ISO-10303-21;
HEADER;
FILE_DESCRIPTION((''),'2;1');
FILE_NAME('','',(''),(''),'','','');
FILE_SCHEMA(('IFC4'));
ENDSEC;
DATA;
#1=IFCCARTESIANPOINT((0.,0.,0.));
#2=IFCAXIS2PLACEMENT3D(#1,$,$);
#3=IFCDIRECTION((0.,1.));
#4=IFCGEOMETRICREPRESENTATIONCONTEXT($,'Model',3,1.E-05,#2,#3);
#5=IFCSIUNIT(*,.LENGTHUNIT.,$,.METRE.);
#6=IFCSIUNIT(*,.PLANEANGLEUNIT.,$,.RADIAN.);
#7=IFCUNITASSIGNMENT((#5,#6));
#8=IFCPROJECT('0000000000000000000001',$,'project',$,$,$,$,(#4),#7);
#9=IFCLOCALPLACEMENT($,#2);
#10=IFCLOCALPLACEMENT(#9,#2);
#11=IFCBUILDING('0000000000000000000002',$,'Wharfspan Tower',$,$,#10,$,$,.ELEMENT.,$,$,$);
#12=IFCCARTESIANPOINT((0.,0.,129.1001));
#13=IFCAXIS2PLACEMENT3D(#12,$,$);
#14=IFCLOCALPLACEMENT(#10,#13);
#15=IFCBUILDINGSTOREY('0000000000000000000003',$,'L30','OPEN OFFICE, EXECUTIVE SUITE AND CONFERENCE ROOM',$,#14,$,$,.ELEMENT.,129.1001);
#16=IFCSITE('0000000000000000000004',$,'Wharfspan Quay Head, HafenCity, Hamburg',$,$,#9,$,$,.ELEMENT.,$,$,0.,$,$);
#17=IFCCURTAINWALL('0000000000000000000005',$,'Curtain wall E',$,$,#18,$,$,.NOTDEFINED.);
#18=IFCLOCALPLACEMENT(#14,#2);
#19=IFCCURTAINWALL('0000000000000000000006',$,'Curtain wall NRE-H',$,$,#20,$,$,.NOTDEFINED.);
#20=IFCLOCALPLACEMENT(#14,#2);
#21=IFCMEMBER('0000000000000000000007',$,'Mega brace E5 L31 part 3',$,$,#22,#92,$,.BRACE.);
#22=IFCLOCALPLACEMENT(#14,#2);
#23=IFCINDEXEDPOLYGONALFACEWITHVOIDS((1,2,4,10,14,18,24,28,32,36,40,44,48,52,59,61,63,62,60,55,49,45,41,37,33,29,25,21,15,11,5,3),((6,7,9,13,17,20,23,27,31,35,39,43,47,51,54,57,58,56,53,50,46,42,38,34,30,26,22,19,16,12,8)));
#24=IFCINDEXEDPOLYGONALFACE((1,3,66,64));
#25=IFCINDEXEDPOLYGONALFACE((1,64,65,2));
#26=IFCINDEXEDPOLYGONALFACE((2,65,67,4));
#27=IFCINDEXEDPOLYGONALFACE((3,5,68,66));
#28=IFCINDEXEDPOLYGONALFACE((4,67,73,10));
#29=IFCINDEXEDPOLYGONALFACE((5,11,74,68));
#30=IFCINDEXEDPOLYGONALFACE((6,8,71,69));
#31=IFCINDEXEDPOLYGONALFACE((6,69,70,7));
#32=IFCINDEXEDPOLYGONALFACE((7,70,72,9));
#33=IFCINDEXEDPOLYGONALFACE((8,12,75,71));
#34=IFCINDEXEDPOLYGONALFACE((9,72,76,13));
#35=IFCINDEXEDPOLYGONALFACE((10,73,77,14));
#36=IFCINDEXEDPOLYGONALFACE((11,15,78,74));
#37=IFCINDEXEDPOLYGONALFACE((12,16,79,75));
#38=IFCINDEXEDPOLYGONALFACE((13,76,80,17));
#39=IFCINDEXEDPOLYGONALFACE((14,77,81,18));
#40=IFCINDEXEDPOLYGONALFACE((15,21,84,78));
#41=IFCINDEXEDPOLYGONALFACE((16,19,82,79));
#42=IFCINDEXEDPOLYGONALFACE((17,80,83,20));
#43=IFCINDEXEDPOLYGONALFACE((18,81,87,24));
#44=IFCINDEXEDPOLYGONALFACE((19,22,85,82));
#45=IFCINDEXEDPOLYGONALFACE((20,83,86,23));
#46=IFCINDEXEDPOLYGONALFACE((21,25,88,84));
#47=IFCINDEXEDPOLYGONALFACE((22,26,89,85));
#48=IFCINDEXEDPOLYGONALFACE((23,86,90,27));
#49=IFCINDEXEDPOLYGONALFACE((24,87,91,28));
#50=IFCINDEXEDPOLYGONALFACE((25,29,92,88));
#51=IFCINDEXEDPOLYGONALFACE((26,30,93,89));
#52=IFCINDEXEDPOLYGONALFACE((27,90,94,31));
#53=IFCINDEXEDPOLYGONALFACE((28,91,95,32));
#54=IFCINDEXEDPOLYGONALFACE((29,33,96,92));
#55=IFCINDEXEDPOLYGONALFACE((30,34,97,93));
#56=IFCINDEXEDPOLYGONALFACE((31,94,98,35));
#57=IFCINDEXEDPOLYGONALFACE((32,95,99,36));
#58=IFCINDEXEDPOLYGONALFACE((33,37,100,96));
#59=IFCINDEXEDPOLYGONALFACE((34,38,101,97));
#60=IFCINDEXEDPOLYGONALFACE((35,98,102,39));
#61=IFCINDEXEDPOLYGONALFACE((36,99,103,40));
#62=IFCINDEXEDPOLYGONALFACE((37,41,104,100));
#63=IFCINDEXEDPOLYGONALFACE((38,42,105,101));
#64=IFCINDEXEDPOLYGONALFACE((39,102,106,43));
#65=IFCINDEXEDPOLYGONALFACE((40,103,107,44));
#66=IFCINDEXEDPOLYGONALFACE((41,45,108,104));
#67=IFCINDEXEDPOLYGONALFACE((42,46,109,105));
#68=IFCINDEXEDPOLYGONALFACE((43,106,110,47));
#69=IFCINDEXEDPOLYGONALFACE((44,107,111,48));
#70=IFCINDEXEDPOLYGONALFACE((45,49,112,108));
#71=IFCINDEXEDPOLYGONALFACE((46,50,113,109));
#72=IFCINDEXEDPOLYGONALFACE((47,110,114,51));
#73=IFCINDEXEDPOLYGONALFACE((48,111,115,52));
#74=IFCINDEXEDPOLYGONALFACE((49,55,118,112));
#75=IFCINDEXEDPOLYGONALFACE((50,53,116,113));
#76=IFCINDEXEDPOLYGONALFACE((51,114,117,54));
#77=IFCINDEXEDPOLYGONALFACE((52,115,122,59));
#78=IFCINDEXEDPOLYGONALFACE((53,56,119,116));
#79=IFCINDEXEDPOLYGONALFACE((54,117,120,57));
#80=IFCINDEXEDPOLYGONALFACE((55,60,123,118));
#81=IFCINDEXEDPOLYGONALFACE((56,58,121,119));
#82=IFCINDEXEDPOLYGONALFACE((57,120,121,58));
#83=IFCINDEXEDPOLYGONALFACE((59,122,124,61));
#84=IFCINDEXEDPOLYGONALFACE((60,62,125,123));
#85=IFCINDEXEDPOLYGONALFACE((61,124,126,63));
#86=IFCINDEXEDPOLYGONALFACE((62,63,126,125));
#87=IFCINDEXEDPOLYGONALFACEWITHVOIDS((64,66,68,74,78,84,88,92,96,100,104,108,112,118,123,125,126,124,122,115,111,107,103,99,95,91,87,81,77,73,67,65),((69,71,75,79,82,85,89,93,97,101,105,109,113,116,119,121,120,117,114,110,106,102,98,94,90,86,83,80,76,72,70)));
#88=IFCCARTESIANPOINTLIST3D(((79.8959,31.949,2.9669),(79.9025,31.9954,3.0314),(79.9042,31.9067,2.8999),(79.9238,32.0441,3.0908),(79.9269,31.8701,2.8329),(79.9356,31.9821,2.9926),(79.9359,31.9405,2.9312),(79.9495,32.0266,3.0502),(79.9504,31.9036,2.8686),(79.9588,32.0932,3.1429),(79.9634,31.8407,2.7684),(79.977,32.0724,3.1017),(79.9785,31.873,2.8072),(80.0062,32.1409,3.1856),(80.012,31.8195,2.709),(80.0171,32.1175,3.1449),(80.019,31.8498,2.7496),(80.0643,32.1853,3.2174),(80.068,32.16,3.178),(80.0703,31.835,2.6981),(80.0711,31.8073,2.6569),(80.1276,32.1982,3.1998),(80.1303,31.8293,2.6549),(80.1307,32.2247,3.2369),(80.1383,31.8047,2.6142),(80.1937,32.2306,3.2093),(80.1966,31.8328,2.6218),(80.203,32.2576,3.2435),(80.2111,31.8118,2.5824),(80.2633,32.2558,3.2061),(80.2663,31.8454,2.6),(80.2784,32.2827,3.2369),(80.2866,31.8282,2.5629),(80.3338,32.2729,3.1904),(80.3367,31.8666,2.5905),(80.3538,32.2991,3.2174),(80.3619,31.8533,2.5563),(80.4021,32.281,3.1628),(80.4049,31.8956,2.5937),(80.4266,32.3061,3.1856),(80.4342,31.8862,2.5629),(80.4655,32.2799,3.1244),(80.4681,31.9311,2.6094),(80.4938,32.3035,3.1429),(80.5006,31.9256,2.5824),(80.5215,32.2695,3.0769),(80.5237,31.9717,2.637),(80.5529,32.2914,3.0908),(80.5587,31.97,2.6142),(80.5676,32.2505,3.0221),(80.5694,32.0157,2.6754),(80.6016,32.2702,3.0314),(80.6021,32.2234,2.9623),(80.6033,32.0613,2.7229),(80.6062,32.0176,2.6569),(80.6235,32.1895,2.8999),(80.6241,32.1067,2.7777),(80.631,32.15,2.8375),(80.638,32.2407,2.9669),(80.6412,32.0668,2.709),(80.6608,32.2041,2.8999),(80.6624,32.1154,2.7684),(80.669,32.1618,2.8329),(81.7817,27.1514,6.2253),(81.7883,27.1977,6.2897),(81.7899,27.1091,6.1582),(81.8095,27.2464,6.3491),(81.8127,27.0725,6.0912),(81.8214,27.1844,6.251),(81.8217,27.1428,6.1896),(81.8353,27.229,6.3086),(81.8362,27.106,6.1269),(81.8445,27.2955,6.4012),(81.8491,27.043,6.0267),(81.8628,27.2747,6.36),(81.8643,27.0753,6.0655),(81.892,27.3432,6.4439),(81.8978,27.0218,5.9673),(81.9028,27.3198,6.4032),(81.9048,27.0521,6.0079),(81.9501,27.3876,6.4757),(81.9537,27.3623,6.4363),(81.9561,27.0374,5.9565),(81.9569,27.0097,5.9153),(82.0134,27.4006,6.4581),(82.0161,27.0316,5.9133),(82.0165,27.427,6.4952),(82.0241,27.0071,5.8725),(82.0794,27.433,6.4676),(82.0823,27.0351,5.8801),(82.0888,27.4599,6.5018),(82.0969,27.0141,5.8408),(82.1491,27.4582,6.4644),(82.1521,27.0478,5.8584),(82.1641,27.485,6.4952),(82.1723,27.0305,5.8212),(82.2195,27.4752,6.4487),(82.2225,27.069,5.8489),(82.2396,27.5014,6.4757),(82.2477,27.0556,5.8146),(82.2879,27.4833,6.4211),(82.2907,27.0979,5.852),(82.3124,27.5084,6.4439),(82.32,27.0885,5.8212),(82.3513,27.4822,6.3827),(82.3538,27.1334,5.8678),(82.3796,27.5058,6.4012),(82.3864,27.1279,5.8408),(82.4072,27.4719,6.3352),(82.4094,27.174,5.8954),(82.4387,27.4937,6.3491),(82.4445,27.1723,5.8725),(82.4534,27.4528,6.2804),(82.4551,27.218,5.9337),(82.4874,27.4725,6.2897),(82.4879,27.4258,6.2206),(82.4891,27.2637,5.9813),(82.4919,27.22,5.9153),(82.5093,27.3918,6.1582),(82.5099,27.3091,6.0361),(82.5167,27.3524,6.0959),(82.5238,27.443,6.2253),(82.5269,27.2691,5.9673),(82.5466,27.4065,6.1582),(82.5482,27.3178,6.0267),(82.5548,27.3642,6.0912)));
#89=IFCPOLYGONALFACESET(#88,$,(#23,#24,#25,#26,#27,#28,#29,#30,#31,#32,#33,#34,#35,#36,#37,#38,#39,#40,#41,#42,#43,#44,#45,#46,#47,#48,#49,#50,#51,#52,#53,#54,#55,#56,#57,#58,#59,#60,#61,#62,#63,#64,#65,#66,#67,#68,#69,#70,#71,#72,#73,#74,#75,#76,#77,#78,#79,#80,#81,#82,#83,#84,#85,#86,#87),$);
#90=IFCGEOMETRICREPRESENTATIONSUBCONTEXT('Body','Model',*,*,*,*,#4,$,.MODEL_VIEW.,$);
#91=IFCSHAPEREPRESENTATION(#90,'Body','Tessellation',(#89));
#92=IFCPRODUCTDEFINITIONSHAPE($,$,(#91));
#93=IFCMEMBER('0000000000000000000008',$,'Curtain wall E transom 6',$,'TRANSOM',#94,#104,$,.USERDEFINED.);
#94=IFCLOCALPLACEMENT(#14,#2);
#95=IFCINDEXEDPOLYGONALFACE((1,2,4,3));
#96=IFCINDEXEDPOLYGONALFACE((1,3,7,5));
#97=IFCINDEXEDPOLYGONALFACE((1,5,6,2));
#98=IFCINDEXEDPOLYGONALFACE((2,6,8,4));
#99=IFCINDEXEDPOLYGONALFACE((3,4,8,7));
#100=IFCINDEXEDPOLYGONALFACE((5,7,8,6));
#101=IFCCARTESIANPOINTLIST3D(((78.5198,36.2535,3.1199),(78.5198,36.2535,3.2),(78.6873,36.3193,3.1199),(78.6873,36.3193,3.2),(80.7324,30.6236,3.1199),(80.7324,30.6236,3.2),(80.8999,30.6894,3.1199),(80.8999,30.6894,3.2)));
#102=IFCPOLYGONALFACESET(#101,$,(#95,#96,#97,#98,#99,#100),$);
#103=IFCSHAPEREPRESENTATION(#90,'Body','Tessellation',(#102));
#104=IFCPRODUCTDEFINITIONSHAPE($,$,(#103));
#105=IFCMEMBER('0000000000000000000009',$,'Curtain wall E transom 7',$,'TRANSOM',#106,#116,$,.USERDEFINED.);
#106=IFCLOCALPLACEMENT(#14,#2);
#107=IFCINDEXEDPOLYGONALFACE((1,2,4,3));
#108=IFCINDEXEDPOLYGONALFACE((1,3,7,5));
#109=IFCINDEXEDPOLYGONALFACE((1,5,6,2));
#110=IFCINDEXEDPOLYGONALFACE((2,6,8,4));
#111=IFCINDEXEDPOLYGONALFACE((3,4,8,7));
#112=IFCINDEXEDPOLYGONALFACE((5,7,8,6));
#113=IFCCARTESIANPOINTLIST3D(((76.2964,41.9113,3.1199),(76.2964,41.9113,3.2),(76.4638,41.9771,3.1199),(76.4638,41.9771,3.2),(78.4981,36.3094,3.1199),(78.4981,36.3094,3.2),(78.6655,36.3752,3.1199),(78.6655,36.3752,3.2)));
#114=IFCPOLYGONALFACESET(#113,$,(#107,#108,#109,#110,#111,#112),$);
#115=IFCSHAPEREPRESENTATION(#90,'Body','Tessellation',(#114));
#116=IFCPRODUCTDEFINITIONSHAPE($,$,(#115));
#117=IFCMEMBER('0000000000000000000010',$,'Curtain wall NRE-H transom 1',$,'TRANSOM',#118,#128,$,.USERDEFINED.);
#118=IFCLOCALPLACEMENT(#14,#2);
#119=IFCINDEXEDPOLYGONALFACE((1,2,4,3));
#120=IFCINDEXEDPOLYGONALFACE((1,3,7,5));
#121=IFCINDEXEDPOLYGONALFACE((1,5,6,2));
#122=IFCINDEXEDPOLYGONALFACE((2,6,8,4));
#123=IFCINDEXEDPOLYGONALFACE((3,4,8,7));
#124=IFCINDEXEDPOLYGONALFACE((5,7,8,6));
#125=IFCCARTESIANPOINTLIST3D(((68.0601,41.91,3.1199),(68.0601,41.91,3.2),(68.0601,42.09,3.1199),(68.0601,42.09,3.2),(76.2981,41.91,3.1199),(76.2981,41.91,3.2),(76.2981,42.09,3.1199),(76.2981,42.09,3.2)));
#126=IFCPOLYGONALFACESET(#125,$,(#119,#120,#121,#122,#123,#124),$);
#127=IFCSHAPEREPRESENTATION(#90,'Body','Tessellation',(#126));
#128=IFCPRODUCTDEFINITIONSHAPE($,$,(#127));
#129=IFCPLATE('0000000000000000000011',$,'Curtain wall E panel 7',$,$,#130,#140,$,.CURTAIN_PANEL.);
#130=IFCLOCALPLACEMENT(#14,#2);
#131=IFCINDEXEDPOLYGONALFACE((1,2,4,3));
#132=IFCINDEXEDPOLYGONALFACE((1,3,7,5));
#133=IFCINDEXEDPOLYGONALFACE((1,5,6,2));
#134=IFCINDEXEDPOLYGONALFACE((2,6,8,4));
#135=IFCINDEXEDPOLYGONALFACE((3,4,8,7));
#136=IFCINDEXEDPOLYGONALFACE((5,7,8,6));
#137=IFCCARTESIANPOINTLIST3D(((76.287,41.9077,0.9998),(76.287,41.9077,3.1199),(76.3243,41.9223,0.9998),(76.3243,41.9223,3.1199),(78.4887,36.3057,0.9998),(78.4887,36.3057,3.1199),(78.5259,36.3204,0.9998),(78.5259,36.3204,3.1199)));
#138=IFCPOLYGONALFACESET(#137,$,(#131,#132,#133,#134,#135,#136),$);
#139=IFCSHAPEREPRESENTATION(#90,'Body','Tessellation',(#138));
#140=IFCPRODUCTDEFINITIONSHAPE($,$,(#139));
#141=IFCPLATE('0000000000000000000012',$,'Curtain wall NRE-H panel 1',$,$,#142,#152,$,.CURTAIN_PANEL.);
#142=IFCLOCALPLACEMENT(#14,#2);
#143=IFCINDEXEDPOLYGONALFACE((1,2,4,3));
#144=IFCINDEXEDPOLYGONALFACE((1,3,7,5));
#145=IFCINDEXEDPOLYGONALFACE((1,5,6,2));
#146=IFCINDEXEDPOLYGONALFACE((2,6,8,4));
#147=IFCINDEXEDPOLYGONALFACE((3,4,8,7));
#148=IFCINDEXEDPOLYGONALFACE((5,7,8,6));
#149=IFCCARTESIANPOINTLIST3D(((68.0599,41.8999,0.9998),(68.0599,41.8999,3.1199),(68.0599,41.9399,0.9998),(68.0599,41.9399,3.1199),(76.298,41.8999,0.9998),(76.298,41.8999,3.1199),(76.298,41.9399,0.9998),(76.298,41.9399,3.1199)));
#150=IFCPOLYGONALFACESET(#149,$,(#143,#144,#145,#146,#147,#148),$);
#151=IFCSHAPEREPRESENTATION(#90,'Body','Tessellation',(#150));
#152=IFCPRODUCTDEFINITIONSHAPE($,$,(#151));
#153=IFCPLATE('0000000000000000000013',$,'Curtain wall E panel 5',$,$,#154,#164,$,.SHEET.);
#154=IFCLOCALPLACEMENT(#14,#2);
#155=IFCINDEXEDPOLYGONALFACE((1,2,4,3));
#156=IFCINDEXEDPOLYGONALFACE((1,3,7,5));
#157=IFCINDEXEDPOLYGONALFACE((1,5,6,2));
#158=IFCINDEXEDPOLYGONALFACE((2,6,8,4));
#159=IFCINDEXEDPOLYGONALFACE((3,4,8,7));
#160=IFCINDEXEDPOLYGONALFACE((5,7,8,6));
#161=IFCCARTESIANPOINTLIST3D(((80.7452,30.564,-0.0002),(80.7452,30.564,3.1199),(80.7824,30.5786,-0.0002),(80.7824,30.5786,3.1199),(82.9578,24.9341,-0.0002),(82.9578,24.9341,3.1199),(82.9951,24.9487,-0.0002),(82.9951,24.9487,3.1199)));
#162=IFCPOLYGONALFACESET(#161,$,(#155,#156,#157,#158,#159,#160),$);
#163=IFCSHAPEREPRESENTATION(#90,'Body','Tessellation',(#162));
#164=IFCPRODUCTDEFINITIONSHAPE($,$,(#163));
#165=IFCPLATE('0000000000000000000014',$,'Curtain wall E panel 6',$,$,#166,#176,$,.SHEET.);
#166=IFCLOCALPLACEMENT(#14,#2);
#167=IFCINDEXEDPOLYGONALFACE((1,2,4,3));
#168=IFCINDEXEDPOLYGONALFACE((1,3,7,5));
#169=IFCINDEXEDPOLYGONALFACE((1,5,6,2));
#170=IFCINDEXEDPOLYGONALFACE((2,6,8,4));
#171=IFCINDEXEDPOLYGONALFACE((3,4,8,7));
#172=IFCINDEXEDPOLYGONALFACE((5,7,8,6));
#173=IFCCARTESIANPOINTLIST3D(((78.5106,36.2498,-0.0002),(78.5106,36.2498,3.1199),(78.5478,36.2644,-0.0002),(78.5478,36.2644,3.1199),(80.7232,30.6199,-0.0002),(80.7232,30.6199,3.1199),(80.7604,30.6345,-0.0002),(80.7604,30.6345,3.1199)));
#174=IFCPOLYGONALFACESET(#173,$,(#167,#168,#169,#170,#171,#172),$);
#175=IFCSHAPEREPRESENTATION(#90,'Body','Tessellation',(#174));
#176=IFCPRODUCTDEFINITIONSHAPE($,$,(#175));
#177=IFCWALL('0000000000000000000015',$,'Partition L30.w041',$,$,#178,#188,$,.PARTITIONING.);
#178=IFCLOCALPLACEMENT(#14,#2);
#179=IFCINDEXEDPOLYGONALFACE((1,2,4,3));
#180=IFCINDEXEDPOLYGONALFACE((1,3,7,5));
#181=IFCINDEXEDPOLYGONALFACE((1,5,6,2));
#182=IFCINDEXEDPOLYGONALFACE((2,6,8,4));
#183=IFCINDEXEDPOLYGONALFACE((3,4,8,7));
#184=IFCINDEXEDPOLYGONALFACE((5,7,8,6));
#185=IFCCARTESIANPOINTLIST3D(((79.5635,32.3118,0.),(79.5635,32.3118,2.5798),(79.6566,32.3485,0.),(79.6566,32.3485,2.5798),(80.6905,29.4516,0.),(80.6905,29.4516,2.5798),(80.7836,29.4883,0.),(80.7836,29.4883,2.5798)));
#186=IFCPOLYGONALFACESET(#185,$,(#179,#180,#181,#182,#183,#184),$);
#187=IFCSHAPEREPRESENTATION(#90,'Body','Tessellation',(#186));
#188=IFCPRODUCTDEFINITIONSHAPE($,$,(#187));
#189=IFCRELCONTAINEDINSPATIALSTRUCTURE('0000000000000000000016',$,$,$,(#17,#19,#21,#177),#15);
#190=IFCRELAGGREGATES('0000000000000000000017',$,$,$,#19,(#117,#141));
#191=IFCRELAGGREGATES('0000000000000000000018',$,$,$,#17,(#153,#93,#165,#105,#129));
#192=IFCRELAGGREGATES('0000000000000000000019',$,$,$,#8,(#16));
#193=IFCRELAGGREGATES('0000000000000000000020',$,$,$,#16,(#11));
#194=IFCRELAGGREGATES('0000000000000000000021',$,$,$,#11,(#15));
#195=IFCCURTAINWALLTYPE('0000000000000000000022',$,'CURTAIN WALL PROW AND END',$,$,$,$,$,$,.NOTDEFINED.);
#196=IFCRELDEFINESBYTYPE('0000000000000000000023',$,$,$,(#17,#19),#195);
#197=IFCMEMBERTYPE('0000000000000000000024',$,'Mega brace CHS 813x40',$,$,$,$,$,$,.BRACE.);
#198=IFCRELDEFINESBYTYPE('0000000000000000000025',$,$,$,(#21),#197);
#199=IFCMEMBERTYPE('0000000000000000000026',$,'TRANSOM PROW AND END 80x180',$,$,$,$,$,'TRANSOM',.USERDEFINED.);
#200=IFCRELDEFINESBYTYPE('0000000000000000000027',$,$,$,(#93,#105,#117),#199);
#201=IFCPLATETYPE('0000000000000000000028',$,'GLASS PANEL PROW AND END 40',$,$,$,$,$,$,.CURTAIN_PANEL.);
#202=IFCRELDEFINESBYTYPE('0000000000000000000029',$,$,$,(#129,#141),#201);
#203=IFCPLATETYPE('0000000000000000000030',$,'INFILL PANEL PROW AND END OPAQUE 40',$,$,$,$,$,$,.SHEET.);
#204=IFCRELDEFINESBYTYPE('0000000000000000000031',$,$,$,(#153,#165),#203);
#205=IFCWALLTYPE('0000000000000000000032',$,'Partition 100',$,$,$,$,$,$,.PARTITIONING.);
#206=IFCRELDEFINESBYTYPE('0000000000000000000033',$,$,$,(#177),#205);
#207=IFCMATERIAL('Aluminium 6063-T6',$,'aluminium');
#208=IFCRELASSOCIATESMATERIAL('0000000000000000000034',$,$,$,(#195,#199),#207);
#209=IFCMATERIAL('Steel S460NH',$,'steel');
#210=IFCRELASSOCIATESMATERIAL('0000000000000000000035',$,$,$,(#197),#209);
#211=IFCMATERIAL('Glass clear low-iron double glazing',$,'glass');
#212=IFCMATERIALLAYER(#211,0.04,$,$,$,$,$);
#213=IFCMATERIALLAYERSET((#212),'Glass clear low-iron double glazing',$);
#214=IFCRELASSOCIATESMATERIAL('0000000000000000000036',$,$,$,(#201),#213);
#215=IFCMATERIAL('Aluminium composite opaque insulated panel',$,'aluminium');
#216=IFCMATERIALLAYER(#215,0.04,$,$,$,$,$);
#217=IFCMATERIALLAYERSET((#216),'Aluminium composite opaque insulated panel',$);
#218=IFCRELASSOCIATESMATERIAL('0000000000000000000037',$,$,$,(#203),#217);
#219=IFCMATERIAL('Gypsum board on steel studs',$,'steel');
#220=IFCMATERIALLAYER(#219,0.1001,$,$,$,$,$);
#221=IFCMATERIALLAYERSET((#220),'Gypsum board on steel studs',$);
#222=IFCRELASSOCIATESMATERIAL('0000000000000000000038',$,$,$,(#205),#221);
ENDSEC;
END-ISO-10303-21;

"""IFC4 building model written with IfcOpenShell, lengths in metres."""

from ifc_helpers import new_model, si_unit, direction, frame, frame_2d, origin, origin_2d, place, context, subcontext, project, spatial, rectangle, hollow_circle, extrude, material, layer, layer_set, material_profile, profile_set, type_object, element, aggregate, save


model = new_model("IFC4")

# Units and contexts
model_context = context("Model", 3, precision=1e-05, world=origin(), true_north=direction((0.0, 1.0)))
body_context = subcontext(model_context, "Body", "Model", "MODEL_VIEW")
ifc_project = project(units=[si_unit("LENGTHUNIT", "METRE"), si_unit("PLANEANGLEUNIT", "RADIAN")], contexts=[model_context])

# Site, building, storey
site_placement = place(None, origin())
site = spatial("IfcSite", under=ifc_project, at=site_placement, Name="Wharfspan Quay Head, HafenCity, Hamburg", CompositionType="ELEMENT", RefElevation=0.0)
building_placement = place(site_placement, origin())
building = spatial("IfcBuilding", under=site, at=building_placement, Name="Wharfspan Tower", CompositionType="ELEMENT")
storey_placement = place(building_placement, frame((0.0, 0.0, 129.1001)))
storey = spatial("IfcBuildingStorey", under=building, at=storey_placement, Name="L30", Description="OPEN OFFICE, EXECUTIVE SUITE AND CONFERENCE ROOM", CompositionType="ELEMENT", Elevation=129.1001)

# Curtain walls
ifc_material_1 = material(Name="Aluminium 6063-T6", Category="aluminium")
curtain_wall_type = type_object("IfcCurtainWallType", Name="CURTAIN WALL PROW AND END", PredefinedType="NOTDEFINED", material=ifc_material_1)
curtain_wall_1_placement = place(storey_placement, origin())
curtain_wall_1 = element("IfcCurtainWall", 1, at=curtain_wall_1_placement, inside=storey, type_object=curtain_wall_type, Name="Curtain wall E", PredefinedType="NOTDEFINED")
curtain_wall_2_placement = place(storey_placement, origin())
curtain_wall_2 = element("IfcCurtainWall", 2, at=curtain_wall_2_placement, inside=storey, type_object=curtain_wall_type, Name="Curtain wall NRE-H", PredefinedType="NOTDEFINED")

# Members
ifc_material_2 = material(Name="Steel S460NH", Category="steel")
ifc_material_profile_1 = material_profile(ifc_material_2, hollow_circle(Radius=0.4065, WallThickness=0.04, at=origin_2d()))
ifc_profile_set_1 = profile_set([ifc_material_profile_1], Name="Steel S460NH")
member_type_1 = type_object("IfcMemberType", Name="Mega brace CHS 813x40", PredefinedType="BRACE", material=ifc_profile_set_1)
member_1_placement = place(storey_placement, frame((80.2825, 32.0554, 2.8999), z_axis=(0.309223, -0.786709, 0.534294), x_axis=(0.930685, 0.365812, -0.000003)))
element("IfcMember", 3, at=member_1_placement, inside=storey, type_object=member_type_1, Name="Mega brace E5 L31 part 3", PredefinedType="BRACE", context=body_context, shape_type="SweptSolid", body=[
    extrude(hollow_circle(Radius=0.4065, WallThickness=0.04, at=origin_2d()), origin(), (0.0, 0.0, 1.0), 6.0984),
])
ifc_material_profile_2 = material_profile(ifc_material_1, rectangle(XDim=0.1799, YDim=0.0801, at=origin_2d()))
ifc_profile_set_2 = profile_set([ifc_material_profile_2], Name="Aluminium 6063-T6")
member_type_2 = type_object("IfcMemberType", Name="TRANSOM PROW AND END 80x180", ElementType="TRANSOM", PredefinedType="USERDEFINED", material=ifc_profile_set_2)
member_2_placement = place(storey_placement, frame((80.8162, 30.6565, 3.1599), z_axis=(-0.365782, 0.9307, 0.0), x_axis=(-0.9307, -0.365782, 0.0)))
member_2 = element("IfcMember", 4, at=member_2_placement, type_object=member_type_2, Name="Curtain wall E transom 6", ObjectType="TRANSOM", PredefinedType="USERDEFINED", context=body_context, shape_type="SweptSolid", body=[
    extrude(rectangle(XDim=0.1799, YDim=0.0801, at=origin_2d()), origin(), (0.0, 0.0, 1.0), 6.0491),
])
member_3_placement = place(storey_placement, frame((78.5818, 36.3423, 3.1599), z_axis=(-0.365789, 0.930698, 0.0), x_axis=(-0.930698, -0.365789, 0.0)))
member_3 = element("IfcMember", 5, at=member_3_placement, type_object=member_type_2, Name="Curtain wall E transom 7", ObjectType="TRANSOM", PredefinedType="USERDEFINED", context=body_context, shape_type="SweptSolid", body=[
    extrude(rectangle(XDim=0.1799, YDim=0.0801, at=origin_2d()), origin(), (0.0, 0.0, 1.0), 6.019),
])
member_4_placement = place(storey_placement, frame((76.2981, 42.0, 3.1599), z_axis=(-1.0, 0.0, 0.0), x_axis=(0.0, -1.0, 0.0)))
member_4 = element("IfcMember", 6, at=member_4_placement, type_object=member_type_2, Name="Curtain wall NRE-H transom 1", ObjectType="TRANSOM", PredefinedType="USERDEFINED", context=body_context, shape_type="SweptSolid", body=[
    extrude(rectangle(XDim=0.1799, YDim=0.0801, at=origin_2d()), origin(), (0.0, 0.0, 1.0), 8.238),
])

# Plates
ifc_material_3 = material(Name="Glass clear low-iron double glazing", Category="glass")
ifc_layer_1 = layer(ifc_material_3, 0.04)
ifc_layer_set_1 = layer_set([ifc_layer_1], Name="Glass clear low-iron double glazing")
plate_type_1 = type_object("IfcPlateType", Name="GLASS PANEL PROW AND END 40", PredefinedType="CURTAIN_PANEL", material=ifc_layer_set_1)
plate_1_placement = place(storey_placement, frame((77.4065, 39.114, 0.9998), z_axis=(0.0, 0.0, 1.0), x_axis=(-0.365778, 0.930702, 0.0)))
plate_1 = element("IfcPlate", 7, at=plate_1_placement, type_object=plate_type_1, Name="Curtain wall E panel 7", PredefinedType="CURTAIN_PANEL", context=body_context, shape_type="SweptSolid", body=[
    extrude(rectangle(XDim=6.019, YDim=0.04, at=origin_2d()), origin(), (0.0, 0.0, 1.0), 2.1201),
])
plate_2_placement = place(storey_placement, frame((72.179, 41.9199, 0.9998), z_axis=(0.0, 0.0, 1.0), x_axis=(-1.0, 0.0, 0.0)))
plate_2 = element("IfcPlate", 8, at=plate_2_placement, type_object=plate_type_1, Name="Curtain wall NRE-H panel 1", PredefinedType="CURTAIN_PANEL", context=body_context, shape_type="SweptSolid", body=[
    extrude(rectangle(XDim=8.238, YDim=0.04, at=origin_2d()), origin(), (0.0, 0.0, 1.0), 2.1201),
])
aggregate(curtain_wall_2, [member_4, plate_2])
ifc_material_4 = material(Name="Aluminium composite opaque insulated panel", Category="aluminium")
ifc_layer_2 = layer(ifc_material_4, 0.04)
ifc_layer_set_2 = layer_set([ifc_layer_2], Name="Aluminium composite opaque insulated panel")
plate_type_2 = type_object("IfcPlateType", Name="INFILL PANEL PROW AND END OPAQUE 40", PredefinedType="SHEET", material=ifc_layer_set_2)
plate_3_placement = place(storey_placement, frame((81.8701, 27.7563, -0.0002), z_axis=(0.0, 0.0, 1.0), x_axis=(-0.365778, 0.930702, 0.0)))
plate_3 = element("IfcPlate", 9, at=plate_3_placement, type_object=plate_type_2, Name="Curtain wall E panel 5", PredefinedType="SHEET", context=body_context, shape_type="SweptSolid", body=[
    extrude(rectangle(XDim=6.0491, YDim=0.04, at=origin_2d()), origin(), (0.0, 0.0, 1.0), 3.1201),
])
plate_4_placement = place(storey_placement, frame((79.6355, 33.4421, -0.0002), z_axis=(0.0, 0.0, 1.0), x_axis=(-0.365778, 0.930702, 0.0)))
plate_4 = element("IfcPlate", 10, at=plate_4_placement, type_object=plate_type_2, Name="Curtain wall E panel 6", PredefinedType="SHEET", context=body_context, shape_type="SweptSolid", body=[
    extrude(rectangle(XDim=6.0491, YDim=0.04, at=origin_2d()), origin(), (0.0, 0.0, 1.0), 3.1201),
])
aggregate(curtain_wall_1, [plate_3, member_2, plate_4, member_3, plate_1])

# Wall
ifc_material_5 = material(Name="Gypsum board on steel studs", Category="steel")
ifc_layer_3 = layer(ifc_material_5, 0.1001)
ifc_layer_set_3 = layer_set([ifc_layer_3], Name="Gypsum board on steel studs")
wall_type_1 = type_object("IfcWallType", Name="Partition 100", PredefinedType="PARTITIONING", material=ifc_layer_set_3)
wall_1_placement = place(storey_placement, frame((80.7371, 29.47, 0.0), z_axis=(0.0, 0.0, 1.0), x_axis=(-0.366592, 0.930378, 0.0)))
element("IfcWall", 11, at=wall_1_placement, inside=storey, type_object=wall_type_1, Name="Partition L30.w041", PredefinedType="PARTITIONING", context=body_context, shape_type="SweptSolid", body=[
    extrude(rectangle(XDim=3.0742, YDim=0.1001, at=frame_2d((1.5371, 0.0))), origin(), (0.0, 0.0, 1.0), 2.5798),
])

save(model, "model.ifc")
